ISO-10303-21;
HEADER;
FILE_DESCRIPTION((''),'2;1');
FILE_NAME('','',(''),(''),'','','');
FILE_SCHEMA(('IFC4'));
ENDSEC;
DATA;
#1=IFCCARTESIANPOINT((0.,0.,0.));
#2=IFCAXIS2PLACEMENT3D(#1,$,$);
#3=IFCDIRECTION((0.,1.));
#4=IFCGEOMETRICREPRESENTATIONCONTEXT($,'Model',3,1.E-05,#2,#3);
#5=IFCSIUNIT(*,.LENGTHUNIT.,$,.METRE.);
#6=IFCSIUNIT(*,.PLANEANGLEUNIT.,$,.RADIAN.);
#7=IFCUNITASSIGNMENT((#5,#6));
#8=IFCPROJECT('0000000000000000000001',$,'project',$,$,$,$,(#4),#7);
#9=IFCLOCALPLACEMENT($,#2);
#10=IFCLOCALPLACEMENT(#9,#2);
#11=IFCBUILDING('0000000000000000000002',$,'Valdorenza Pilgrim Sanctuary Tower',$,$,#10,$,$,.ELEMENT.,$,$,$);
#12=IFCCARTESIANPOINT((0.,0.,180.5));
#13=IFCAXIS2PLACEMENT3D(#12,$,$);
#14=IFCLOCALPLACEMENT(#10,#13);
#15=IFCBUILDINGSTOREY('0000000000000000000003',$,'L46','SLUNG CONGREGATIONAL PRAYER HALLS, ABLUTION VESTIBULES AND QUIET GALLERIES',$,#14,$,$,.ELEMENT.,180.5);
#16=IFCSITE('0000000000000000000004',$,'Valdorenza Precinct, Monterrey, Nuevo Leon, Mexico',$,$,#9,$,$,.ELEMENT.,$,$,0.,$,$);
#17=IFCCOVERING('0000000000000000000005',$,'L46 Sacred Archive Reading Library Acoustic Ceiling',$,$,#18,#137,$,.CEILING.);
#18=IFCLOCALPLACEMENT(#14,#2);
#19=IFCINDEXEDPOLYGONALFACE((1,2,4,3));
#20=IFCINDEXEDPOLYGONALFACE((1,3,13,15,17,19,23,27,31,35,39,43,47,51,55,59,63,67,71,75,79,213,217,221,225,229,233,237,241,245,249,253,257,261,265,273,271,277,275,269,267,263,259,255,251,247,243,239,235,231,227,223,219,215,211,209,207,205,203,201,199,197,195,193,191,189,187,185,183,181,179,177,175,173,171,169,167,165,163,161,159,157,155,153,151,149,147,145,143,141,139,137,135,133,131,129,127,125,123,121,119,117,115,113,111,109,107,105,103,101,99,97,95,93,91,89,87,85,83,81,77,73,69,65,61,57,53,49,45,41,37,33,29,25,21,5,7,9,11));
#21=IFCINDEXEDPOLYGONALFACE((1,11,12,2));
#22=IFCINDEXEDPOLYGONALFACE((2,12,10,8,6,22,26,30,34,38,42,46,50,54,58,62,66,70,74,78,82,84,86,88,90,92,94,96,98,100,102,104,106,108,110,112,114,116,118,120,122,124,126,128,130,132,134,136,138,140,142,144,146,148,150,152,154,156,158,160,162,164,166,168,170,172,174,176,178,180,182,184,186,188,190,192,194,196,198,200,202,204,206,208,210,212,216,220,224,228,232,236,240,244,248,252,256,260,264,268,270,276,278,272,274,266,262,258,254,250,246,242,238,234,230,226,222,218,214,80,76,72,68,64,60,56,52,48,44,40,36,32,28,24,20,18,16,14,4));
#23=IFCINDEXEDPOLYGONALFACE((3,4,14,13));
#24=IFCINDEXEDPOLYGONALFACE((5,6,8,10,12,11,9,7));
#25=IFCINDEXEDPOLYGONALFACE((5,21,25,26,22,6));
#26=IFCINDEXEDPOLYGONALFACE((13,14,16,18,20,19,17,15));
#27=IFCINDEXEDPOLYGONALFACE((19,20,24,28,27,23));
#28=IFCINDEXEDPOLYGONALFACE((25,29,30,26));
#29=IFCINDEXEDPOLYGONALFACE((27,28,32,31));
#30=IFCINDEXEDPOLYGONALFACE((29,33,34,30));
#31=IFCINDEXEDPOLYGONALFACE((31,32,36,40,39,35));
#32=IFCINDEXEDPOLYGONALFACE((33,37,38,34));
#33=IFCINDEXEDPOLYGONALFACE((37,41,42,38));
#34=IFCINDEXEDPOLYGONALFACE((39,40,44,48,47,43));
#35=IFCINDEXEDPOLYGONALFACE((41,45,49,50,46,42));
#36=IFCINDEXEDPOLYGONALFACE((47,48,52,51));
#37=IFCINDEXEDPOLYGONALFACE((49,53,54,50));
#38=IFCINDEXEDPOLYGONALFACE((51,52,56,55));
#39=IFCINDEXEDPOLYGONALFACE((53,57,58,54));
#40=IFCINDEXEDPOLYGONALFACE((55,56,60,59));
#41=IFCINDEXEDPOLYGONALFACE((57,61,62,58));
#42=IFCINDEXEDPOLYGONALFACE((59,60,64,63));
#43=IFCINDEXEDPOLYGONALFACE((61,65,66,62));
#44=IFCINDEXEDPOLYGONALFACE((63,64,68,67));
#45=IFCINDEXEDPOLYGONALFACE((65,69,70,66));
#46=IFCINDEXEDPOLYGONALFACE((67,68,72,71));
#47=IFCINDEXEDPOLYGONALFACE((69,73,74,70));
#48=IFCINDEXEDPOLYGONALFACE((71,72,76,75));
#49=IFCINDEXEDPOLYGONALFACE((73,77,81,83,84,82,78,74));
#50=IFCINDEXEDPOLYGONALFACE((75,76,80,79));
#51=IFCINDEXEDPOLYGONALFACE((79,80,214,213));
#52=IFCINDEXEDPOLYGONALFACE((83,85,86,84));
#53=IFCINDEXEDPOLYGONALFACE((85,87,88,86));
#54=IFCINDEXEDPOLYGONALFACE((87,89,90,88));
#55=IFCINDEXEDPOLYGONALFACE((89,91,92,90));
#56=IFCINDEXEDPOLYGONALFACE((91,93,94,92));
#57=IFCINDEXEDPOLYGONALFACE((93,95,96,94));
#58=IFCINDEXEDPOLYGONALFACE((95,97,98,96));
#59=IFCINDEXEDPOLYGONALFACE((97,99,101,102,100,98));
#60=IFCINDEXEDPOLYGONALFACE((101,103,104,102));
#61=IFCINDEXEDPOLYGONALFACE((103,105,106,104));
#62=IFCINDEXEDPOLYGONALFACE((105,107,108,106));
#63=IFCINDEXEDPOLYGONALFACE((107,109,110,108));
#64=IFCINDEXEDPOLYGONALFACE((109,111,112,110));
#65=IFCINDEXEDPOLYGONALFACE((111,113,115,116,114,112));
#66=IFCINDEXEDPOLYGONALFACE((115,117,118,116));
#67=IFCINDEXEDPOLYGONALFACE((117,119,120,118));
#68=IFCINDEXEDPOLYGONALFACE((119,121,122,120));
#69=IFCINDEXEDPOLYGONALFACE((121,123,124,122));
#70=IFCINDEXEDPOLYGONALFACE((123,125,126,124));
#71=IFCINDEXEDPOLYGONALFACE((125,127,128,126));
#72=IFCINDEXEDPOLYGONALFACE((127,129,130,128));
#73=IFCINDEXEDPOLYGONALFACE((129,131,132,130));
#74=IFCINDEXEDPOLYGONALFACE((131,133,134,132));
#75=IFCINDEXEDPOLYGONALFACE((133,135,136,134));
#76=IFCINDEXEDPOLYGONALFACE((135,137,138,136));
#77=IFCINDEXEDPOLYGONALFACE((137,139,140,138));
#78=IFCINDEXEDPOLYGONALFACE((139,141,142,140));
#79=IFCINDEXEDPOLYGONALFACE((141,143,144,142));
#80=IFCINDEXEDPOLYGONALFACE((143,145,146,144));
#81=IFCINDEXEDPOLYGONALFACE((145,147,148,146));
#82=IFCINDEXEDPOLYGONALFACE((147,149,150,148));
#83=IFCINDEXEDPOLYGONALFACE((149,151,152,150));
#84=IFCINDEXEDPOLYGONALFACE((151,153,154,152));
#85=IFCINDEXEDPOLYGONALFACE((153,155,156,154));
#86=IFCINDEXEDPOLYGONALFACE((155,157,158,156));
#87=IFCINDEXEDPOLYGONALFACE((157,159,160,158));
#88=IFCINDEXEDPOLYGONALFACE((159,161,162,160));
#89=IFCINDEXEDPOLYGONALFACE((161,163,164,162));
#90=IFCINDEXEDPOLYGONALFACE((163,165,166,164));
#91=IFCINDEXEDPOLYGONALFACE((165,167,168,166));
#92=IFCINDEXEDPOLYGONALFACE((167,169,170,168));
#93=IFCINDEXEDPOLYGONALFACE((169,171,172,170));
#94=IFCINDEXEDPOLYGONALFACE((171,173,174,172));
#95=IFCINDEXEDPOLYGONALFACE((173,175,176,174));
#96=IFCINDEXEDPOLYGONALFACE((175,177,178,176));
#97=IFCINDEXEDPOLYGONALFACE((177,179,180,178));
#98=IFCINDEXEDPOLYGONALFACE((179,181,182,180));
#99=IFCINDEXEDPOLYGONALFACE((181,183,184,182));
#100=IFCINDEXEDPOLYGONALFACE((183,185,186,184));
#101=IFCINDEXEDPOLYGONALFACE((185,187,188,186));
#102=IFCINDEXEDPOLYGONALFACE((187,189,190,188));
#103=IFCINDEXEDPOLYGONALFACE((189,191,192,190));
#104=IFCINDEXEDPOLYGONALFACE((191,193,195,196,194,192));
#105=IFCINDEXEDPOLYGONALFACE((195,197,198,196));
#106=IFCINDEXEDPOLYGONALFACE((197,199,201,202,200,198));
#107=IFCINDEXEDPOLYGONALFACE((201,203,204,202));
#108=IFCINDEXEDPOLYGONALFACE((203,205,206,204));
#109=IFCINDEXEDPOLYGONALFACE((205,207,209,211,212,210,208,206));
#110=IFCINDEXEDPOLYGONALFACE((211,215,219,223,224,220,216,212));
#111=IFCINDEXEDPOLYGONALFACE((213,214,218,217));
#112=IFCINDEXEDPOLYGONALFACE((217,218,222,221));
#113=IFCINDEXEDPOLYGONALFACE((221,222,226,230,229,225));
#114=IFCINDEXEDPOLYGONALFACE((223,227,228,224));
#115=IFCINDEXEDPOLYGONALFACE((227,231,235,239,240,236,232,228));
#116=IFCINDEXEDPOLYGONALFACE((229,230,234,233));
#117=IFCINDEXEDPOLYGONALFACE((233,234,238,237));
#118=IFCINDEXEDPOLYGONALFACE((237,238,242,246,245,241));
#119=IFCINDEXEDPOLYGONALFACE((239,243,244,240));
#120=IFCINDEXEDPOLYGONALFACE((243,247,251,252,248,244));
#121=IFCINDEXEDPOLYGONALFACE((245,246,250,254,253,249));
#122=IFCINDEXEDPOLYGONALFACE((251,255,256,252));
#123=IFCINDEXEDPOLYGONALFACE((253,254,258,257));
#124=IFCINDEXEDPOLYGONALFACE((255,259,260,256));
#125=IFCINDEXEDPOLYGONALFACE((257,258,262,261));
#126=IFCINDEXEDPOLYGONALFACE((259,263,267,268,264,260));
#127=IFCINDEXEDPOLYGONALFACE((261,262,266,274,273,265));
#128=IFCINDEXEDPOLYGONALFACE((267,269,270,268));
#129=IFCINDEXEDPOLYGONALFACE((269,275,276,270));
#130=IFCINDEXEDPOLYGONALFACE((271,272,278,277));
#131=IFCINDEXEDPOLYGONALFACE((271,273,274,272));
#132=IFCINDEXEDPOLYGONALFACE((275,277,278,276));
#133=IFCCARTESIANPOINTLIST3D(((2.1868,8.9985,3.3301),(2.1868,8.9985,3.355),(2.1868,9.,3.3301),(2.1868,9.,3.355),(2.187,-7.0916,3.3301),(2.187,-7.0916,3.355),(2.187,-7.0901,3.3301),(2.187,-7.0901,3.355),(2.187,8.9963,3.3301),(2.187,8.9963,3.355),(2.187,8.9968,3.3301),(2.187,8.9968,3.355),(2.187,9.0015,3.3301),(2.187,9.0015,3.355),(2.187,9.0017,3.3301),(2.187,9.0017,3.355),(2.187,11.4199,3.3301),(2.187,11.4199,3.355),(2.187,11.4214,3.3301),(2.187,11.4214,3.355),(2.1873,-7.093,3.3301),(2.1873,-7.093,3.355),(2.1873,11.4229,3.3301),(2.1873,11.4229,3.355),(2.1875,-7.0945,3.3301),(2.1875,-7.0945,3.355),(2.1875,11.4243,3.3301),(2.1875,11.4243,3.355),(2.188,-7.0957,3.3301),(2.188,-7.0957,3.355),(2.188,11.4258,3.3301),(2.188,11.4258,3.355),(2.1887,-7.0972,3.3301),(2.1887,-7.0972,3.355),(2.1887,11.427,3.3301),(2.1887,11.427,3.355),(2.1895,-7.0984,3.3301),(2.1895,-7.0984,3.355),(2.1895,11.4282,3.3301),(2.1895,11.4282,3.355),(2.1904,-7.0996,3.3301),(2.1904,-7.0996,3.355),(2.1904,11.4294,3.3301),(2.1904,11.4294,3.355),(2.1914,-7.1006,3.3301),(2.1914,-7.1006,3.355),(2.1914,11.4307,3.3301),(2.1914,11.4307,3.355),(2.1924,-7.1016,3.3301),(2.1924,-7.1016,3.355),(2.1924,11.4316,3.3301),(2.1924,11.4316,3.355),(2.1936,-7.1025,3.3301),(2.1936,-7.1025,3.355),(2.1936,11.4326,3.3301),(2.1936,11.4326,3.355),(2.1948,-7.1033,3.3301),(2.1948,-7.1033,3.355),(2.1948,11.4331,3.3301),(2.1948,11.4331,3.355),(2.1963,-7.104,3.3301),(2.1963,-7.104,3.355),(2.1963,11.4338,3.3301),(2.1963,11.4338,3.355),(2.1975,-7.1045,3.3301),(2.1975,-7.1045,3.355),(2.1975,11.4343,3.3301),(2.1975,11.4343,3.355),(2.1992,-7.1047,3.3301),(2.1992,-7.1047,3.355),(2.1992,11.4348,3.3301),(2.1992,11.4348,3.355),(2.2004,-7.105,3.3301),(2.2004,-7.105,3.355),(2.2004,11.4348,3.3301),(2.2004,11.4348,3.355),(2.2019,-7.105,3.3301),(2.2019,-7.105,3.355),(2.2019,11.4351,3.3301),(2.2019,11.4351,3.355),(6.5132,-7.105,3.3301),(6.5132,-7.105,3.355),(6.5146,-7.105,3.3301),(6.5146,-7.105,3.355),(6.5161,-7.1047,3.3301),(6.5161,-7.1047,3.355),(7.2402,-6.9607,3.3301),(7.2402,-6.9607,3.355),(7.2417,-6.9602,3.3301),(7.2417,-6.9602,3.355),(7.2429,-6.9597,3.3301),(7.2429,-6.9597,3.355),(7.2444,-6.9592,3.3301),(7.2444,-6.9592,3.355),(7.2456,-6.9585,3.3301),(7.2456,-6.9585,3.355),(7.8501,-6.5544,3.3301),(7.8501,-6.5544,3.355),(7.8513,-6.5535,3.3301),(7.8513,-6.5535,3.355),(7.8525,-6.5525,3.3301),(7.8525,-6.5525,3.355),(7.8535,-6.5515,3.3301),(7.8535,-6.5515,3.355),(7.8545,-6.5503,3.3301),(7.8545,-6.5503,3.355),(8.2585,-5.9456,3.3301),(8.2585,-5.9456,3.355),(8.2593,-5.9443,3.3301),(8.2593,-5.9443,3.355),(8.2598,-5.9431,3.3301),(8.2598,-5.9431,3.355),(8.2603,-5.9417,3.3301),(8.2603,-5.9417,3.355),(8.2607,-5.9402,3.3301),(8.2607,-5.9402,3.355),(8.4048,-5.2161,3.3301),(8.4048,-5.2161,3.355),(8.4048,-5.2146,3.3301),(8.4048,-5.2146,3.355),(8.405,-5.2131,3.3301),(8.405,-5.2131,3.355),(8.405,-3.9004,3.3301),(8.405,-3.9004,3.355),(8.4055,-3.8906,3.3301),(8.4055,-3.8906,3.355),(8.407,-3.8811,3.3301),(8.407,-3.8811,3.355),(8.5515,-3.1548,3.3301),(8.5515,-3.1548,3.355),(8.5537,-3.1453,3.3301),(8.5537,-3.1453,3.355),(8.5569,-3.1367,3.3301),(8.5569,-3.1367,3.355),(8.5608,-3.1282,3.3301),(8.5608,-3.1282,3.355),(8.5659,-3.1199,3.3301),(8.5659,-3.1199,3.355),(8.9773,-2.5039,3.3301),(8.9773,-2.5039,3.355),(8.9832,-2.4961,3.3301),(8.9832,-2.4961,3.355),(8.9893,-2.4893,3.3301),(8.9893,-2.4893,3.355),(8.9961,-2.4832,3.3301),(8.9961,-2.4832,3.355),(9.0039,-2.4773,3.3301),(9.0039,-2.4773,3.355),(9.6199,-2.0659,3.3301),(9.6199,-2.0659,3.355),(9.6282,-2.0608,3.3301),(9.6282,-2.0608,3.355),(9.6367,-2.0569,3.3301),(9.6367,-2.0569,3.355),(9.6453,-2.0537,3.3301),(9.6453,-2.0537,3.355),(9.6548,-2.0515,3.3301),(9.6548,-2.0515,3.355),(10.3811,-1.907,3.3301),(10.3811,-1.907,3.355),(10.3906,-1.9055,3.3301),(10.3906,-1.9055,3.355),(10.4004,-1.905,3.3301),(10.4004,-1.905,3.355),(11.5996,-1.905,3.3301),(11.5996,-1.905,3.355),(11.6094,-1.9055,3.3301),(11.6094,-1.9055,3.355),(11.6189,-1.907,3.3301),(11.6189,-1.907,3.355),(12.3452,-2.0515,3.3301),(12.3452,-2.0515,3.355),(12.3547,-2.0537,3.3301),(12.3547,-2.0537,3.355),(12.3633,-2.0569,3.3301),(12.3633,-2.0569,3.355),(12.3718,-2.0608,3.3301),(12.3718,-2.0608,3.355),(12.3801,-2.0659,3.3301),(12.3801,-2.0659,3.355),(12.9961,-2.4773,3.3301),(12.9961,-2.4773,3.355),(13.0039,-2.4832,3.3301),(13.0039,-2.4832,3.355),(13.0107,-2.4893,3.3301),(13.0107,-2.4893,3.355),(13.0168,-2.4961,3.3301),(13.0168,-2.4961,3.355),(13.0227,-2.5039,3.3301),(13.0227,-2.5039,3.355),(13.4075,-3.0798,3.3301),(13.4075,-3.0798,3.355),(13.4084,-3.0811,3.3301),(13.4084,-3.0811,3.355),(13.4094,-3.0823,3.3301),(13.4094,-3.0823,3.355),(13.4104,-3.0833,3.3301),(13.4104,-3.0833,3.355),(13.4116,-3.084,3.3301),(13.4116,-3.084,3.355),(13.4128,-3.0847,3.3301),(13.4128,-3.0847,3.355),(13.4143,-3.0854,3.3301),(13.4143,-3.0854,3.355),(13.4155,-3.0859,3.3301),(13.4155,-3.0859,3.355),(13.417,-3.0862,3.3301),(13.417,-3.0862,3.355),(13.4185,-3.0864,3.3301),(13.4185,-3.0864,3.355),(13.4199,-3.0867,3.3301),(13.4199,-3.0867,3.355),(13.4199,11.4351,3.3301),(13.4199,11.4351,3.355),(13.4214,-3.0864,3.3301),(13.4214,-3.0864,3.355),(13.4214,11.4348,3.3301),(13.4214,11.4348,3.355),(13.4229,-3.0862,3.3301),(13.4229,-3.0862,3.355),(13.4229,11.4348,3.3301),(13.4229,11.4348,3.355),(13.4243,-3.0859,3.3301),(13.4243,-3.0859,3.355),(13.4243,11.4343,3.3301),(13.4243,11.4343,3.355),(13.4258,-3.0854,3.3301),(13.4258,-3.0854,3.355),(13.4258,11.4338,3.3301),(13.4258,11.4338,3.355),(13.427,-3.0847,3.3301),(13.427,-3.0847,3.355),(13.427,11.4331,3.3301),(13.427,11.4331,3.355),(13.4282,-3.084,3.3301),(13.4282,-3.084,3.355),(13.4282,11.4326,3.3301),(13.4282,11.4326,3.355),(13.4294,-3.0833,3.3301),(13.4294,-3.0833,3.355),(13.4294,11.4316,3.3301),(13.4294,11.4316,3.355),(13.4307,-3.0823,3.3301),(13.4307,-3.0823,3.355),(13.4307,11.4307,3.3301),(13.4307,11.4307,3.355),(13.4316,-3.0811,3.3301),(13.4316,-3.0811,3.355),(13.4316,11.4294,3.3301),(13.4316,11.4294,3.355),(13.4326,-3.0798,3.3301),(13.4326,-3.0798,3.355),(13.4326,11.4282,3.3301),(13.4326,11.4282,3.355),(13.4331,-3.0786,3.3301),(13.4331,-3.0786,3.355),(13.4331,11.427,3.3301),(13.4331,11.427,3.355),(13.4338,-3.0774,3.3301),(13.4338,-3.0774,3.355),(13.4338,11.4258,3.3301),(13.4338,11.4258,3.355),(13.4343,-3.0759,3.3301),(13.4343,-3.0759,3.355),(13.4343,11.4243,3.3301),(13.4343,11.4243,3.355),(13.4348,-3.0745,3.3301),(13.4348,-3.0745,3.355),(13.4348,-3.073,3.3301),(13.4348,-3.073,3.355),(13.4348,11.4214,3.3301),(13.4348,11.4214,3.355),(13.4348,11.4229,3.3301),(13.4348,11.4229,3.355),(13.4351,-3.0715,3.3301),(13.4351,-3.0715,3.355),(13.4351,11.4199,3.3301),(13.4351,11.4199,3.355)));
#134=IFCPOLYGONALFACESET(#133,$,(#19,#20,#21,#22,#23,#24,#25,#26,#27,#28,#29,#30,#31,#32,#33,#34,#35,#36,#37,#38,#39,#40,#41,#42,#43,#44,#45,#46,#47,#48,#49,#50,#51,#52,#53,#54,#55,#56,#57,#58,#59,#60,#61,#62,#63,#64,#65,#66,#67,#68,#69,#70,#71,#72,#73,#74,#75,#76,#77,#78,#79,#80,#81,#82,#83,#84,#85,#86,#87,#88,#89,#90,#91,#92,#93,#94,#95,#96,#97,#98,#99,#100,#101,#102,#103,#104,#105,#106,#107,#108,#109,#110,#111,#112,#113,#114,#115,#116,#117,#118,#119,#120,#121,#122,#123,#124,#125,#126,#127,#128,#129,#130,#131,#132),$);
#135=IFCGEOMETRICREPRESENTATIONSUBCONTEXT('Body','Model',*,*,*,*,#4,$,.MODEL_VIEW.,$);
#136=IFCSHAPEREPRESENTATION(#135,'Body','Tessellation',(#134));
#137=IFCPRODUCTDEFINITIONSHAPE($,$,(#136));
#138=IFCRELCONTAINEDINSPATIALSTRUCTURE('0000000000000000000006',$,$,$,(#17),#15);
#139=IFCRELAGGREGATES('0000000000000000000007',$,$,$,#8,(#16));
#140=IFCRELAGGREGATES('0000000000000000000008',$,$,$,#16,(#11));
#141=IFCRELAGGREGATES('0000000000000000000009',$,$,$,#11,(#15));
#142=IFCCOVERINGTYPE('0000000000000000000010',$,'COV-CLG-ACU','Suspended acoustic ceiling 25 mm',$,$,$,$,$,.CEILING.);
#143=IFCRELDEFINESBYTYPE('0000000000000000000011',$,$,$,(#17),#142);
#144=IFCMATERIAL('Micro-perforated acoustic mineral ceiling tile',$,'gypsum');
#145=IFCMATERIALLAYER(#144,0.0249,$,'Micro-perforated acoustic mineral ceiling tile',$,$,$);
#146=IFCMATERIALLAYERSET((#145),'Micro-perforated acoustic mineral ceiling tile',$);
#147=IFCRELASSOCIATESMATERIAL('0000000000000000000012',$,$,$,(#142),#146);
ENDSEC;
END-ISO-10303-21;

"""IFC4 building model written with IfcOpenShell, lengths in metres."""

from ifc_helpers import new_model, si_unit, direction, frame, origin, place, context, subcontext, project, spatial, polyline, outline, extrude, material, layer, layer_set, type_object, element, save


model = new_model("IFC4")

# Units and contexts
model_context = context("Model", 3, precision=1e-05, world=origin(), true_north=direction((0.0, 1.0)))
body_context = subcontext(model_context, "Body", "Model", "MODEL_VIEW")
ifc_project = project(units=[si_unit("LENGTHUNIT", "METRE"), si_unit("PLANEANGLEUNIT", "RADIAN")], contexts=[model_context])

# Site, building, storey
site_placement = place(None, origin())
site = spatial("IfcSite", under=ifc_project, at=site_placement, Name="Valdorenza Precinct, Monterrey, Nuevo Leon, Mexico", CompositionType="ELEMENT", RefElevation=0.0)
building_placement = place(site_placement, origin())
building = spatial("IfcBuilding", under=site, at=building_placement, Name="Valdorenza Pilgrim Sanctuary Tower", CompositionType="ELEMENT")
storey_placement = place(building_placement, frame((0.0, 0.0, 180.5)))
storey = spatial("IfcBuildingStorey", under=building, at=storey_placement, Name="L46", Description="SLUNG CONGREGATIONAL PRAYER HALLS, ABLUTION VESTIBULES AND QUIET GALLERIES", CompositionType="ELEMENT", Elevation=180.5)

# Covering
ifc_material_1 = material(Name="Micro-perforated acoustic mineral ceiling tile", Category="gypsum")
ifc_layer_1 = layer(ifc_material_1, 0.0249, Name="Micro-perforated acoustic mineral ceiling tile")
ifc_layer_set_1 = layer_set([ifc_layer_1], Name="Micro-perforated acoustic mineral ceiling tile")
covering_type_1 = type_object("IfcCoveringType", Name="COV-CLG-ACU", Description="Suspended acoustic ceiling 25 mm", PredefinedType="CEILING", material=ifc_layer_set_1)
covering_1_placement = place(storey_placement, frame((0.0, 0.0, 3.3301)))
element("IfcCovering", 1, at=covering_1_placement, inside=storey, type_object=covering_type_1, Name="L46 Sacred Archive Reading Library Acoustic Ceiling", PredefinedType="CEILING", context=body_context, shape_type="SweptSolid", body=[
    extrude(outline(polyline([(2.187, 8.9963), (2.187, 8.9968), (2.1868, 8.9985), (2.1868, 9.0), (2.187, 9.0015), (2.187, 9.0017), (2.187, 11.4199), (2.187, 11.4214), (2.1873, 11.4229), (2.1875, 11.4243), (2.188, 11.4258), (2.1887, 11.427), (2.1895, 11.4282), (2.1904, 11.4294), (2.1914, 11.4307), (2.1924, 11.4316), (2.1936, 11.4326), (2.1948, 11.4331), (2.1963, 11.4338), (2.1975, 11.4343), (2.1992, 11.4348), (2.2004, 11.4348), (2.2019, 11.4351), (13.4199, 11.4351), (13.4214, 11.4348), (13.4229, 11.4348), (13.4243, 11.4343), (13.4258, 11.4338), (13.427, 11.4331), (13.4282, 11.4326), (13.4294, 11.4316), (13.4307, 11.4307), (13.4316, 11.4294), (13.4326, 11.4282), (13.4331, 11.427), (13.4338, 11.4258), (13.4343, 11.4243), (13.4348, 11.4229), (13.4348, 11.4214), (13.4351, 11.4199), (13.4351, -3.0715), (13.4348, -3.073), (13.4348, -3.0745), (13.4343, -3.0759), (13.4338, -3.0774), (13.4331, -3.0786), (13.4326, -3.0798), (13.4316, -3.0811), (13.4307, -3.0823), (13.4294, -3.0833), (13.4282, -3.084), (13.427, -3.0847), (13.4258, -3.0854), (13.4243, -3.0859), (13.4229, -3.0862), (13.4214, -3.0864), (13.4199, -3.0867), (13.4185, -3.0864), (13.417, -3.0862), (13.4155, -3.0859), (13.4143, -3.0854), (13.4128, -3.0847), (13.4116, -3.084), (13.4104, -3.0833), (13.4094, -3.0823), (13.4084, -3.0811), (13.4075, -3.0798), (13.0227, -2.5039), (13.0168, -2.4961), (13.0107, -2.4893), (13.0039, -2.4832), (12.9961, -2.4773), (12.3801, -2.0659), (12.3718, -2.0608), (12.3633, -2.0569), (12.3547, -2.0537), (12.3452, -2.0515), (11.6189, -1.907), (11.6094, -1.9055), (11.5996, -1.905), (10.4004, -1.905), (10.3906, -1.9055), (10.3811, -1.907), (9.6548, -2.0515), (9.6453, -2.0537), (9.6367, -2.0569), (9.6282, -2.0608), (9.6199, -2.0659), (9.0039, -2.4773), (8.9961, -2.4832), (8.9893, -2.4893), (8.9832, -2.4961), (8.9773, -2.5039), (8.5659, -3.1199), (8.5608, -3.1282), (8.5569, -3.1367), (8.5537, -3.1453), (8.5515, -3.1548), (8.407, -3.8811), (8.4055, -3.8906), (8.405, -3.9004), (8.405, -5.2131), (8.4048, -5.2146), (8.4048, -5.2161), (8.2607, -5.9402), (8.2603, -5.9417), (8.2598, -5.9431), (8.2593, -5.9443), (8.2585, -5.9456), (7.8545, -6.5503), (7.8535, -6.5515), (7.8525, -6.5525), (7.8513, -6.5535), (7.8501, -6.5544), (7.2456, -6.9585), (7.2444, -6.9592), (7.2429, -6.9597), (7.2417, -6.9602), (7.2402, -6.9607), (6.5161, -7.1047), (6.5146, -7.105), (6.5132, -7.105), (2.2019, -7.105), (2.2004, -7.105), (2.1992, -7.1047), (2.1975, -7.1045), (2.1963, -7.104), (2.1948, -7.1033), (2.1936, -7.1025), (2.1924, -7.1016), (2.1914, -7.1006), (2.1904, -7.0996), (2.1895, -7.0984), (2.1887, -7.0972), (2.188, -7.0957), (2.1875, -7.0945), (2.1873, -7.093), (2.187, -7.0916), (2.187, -7.0901), (2.187, 8.9963)])), origin(), (0.0, 0.0, 1.0), 0.0249),
])

save(model, "model.ifc")
